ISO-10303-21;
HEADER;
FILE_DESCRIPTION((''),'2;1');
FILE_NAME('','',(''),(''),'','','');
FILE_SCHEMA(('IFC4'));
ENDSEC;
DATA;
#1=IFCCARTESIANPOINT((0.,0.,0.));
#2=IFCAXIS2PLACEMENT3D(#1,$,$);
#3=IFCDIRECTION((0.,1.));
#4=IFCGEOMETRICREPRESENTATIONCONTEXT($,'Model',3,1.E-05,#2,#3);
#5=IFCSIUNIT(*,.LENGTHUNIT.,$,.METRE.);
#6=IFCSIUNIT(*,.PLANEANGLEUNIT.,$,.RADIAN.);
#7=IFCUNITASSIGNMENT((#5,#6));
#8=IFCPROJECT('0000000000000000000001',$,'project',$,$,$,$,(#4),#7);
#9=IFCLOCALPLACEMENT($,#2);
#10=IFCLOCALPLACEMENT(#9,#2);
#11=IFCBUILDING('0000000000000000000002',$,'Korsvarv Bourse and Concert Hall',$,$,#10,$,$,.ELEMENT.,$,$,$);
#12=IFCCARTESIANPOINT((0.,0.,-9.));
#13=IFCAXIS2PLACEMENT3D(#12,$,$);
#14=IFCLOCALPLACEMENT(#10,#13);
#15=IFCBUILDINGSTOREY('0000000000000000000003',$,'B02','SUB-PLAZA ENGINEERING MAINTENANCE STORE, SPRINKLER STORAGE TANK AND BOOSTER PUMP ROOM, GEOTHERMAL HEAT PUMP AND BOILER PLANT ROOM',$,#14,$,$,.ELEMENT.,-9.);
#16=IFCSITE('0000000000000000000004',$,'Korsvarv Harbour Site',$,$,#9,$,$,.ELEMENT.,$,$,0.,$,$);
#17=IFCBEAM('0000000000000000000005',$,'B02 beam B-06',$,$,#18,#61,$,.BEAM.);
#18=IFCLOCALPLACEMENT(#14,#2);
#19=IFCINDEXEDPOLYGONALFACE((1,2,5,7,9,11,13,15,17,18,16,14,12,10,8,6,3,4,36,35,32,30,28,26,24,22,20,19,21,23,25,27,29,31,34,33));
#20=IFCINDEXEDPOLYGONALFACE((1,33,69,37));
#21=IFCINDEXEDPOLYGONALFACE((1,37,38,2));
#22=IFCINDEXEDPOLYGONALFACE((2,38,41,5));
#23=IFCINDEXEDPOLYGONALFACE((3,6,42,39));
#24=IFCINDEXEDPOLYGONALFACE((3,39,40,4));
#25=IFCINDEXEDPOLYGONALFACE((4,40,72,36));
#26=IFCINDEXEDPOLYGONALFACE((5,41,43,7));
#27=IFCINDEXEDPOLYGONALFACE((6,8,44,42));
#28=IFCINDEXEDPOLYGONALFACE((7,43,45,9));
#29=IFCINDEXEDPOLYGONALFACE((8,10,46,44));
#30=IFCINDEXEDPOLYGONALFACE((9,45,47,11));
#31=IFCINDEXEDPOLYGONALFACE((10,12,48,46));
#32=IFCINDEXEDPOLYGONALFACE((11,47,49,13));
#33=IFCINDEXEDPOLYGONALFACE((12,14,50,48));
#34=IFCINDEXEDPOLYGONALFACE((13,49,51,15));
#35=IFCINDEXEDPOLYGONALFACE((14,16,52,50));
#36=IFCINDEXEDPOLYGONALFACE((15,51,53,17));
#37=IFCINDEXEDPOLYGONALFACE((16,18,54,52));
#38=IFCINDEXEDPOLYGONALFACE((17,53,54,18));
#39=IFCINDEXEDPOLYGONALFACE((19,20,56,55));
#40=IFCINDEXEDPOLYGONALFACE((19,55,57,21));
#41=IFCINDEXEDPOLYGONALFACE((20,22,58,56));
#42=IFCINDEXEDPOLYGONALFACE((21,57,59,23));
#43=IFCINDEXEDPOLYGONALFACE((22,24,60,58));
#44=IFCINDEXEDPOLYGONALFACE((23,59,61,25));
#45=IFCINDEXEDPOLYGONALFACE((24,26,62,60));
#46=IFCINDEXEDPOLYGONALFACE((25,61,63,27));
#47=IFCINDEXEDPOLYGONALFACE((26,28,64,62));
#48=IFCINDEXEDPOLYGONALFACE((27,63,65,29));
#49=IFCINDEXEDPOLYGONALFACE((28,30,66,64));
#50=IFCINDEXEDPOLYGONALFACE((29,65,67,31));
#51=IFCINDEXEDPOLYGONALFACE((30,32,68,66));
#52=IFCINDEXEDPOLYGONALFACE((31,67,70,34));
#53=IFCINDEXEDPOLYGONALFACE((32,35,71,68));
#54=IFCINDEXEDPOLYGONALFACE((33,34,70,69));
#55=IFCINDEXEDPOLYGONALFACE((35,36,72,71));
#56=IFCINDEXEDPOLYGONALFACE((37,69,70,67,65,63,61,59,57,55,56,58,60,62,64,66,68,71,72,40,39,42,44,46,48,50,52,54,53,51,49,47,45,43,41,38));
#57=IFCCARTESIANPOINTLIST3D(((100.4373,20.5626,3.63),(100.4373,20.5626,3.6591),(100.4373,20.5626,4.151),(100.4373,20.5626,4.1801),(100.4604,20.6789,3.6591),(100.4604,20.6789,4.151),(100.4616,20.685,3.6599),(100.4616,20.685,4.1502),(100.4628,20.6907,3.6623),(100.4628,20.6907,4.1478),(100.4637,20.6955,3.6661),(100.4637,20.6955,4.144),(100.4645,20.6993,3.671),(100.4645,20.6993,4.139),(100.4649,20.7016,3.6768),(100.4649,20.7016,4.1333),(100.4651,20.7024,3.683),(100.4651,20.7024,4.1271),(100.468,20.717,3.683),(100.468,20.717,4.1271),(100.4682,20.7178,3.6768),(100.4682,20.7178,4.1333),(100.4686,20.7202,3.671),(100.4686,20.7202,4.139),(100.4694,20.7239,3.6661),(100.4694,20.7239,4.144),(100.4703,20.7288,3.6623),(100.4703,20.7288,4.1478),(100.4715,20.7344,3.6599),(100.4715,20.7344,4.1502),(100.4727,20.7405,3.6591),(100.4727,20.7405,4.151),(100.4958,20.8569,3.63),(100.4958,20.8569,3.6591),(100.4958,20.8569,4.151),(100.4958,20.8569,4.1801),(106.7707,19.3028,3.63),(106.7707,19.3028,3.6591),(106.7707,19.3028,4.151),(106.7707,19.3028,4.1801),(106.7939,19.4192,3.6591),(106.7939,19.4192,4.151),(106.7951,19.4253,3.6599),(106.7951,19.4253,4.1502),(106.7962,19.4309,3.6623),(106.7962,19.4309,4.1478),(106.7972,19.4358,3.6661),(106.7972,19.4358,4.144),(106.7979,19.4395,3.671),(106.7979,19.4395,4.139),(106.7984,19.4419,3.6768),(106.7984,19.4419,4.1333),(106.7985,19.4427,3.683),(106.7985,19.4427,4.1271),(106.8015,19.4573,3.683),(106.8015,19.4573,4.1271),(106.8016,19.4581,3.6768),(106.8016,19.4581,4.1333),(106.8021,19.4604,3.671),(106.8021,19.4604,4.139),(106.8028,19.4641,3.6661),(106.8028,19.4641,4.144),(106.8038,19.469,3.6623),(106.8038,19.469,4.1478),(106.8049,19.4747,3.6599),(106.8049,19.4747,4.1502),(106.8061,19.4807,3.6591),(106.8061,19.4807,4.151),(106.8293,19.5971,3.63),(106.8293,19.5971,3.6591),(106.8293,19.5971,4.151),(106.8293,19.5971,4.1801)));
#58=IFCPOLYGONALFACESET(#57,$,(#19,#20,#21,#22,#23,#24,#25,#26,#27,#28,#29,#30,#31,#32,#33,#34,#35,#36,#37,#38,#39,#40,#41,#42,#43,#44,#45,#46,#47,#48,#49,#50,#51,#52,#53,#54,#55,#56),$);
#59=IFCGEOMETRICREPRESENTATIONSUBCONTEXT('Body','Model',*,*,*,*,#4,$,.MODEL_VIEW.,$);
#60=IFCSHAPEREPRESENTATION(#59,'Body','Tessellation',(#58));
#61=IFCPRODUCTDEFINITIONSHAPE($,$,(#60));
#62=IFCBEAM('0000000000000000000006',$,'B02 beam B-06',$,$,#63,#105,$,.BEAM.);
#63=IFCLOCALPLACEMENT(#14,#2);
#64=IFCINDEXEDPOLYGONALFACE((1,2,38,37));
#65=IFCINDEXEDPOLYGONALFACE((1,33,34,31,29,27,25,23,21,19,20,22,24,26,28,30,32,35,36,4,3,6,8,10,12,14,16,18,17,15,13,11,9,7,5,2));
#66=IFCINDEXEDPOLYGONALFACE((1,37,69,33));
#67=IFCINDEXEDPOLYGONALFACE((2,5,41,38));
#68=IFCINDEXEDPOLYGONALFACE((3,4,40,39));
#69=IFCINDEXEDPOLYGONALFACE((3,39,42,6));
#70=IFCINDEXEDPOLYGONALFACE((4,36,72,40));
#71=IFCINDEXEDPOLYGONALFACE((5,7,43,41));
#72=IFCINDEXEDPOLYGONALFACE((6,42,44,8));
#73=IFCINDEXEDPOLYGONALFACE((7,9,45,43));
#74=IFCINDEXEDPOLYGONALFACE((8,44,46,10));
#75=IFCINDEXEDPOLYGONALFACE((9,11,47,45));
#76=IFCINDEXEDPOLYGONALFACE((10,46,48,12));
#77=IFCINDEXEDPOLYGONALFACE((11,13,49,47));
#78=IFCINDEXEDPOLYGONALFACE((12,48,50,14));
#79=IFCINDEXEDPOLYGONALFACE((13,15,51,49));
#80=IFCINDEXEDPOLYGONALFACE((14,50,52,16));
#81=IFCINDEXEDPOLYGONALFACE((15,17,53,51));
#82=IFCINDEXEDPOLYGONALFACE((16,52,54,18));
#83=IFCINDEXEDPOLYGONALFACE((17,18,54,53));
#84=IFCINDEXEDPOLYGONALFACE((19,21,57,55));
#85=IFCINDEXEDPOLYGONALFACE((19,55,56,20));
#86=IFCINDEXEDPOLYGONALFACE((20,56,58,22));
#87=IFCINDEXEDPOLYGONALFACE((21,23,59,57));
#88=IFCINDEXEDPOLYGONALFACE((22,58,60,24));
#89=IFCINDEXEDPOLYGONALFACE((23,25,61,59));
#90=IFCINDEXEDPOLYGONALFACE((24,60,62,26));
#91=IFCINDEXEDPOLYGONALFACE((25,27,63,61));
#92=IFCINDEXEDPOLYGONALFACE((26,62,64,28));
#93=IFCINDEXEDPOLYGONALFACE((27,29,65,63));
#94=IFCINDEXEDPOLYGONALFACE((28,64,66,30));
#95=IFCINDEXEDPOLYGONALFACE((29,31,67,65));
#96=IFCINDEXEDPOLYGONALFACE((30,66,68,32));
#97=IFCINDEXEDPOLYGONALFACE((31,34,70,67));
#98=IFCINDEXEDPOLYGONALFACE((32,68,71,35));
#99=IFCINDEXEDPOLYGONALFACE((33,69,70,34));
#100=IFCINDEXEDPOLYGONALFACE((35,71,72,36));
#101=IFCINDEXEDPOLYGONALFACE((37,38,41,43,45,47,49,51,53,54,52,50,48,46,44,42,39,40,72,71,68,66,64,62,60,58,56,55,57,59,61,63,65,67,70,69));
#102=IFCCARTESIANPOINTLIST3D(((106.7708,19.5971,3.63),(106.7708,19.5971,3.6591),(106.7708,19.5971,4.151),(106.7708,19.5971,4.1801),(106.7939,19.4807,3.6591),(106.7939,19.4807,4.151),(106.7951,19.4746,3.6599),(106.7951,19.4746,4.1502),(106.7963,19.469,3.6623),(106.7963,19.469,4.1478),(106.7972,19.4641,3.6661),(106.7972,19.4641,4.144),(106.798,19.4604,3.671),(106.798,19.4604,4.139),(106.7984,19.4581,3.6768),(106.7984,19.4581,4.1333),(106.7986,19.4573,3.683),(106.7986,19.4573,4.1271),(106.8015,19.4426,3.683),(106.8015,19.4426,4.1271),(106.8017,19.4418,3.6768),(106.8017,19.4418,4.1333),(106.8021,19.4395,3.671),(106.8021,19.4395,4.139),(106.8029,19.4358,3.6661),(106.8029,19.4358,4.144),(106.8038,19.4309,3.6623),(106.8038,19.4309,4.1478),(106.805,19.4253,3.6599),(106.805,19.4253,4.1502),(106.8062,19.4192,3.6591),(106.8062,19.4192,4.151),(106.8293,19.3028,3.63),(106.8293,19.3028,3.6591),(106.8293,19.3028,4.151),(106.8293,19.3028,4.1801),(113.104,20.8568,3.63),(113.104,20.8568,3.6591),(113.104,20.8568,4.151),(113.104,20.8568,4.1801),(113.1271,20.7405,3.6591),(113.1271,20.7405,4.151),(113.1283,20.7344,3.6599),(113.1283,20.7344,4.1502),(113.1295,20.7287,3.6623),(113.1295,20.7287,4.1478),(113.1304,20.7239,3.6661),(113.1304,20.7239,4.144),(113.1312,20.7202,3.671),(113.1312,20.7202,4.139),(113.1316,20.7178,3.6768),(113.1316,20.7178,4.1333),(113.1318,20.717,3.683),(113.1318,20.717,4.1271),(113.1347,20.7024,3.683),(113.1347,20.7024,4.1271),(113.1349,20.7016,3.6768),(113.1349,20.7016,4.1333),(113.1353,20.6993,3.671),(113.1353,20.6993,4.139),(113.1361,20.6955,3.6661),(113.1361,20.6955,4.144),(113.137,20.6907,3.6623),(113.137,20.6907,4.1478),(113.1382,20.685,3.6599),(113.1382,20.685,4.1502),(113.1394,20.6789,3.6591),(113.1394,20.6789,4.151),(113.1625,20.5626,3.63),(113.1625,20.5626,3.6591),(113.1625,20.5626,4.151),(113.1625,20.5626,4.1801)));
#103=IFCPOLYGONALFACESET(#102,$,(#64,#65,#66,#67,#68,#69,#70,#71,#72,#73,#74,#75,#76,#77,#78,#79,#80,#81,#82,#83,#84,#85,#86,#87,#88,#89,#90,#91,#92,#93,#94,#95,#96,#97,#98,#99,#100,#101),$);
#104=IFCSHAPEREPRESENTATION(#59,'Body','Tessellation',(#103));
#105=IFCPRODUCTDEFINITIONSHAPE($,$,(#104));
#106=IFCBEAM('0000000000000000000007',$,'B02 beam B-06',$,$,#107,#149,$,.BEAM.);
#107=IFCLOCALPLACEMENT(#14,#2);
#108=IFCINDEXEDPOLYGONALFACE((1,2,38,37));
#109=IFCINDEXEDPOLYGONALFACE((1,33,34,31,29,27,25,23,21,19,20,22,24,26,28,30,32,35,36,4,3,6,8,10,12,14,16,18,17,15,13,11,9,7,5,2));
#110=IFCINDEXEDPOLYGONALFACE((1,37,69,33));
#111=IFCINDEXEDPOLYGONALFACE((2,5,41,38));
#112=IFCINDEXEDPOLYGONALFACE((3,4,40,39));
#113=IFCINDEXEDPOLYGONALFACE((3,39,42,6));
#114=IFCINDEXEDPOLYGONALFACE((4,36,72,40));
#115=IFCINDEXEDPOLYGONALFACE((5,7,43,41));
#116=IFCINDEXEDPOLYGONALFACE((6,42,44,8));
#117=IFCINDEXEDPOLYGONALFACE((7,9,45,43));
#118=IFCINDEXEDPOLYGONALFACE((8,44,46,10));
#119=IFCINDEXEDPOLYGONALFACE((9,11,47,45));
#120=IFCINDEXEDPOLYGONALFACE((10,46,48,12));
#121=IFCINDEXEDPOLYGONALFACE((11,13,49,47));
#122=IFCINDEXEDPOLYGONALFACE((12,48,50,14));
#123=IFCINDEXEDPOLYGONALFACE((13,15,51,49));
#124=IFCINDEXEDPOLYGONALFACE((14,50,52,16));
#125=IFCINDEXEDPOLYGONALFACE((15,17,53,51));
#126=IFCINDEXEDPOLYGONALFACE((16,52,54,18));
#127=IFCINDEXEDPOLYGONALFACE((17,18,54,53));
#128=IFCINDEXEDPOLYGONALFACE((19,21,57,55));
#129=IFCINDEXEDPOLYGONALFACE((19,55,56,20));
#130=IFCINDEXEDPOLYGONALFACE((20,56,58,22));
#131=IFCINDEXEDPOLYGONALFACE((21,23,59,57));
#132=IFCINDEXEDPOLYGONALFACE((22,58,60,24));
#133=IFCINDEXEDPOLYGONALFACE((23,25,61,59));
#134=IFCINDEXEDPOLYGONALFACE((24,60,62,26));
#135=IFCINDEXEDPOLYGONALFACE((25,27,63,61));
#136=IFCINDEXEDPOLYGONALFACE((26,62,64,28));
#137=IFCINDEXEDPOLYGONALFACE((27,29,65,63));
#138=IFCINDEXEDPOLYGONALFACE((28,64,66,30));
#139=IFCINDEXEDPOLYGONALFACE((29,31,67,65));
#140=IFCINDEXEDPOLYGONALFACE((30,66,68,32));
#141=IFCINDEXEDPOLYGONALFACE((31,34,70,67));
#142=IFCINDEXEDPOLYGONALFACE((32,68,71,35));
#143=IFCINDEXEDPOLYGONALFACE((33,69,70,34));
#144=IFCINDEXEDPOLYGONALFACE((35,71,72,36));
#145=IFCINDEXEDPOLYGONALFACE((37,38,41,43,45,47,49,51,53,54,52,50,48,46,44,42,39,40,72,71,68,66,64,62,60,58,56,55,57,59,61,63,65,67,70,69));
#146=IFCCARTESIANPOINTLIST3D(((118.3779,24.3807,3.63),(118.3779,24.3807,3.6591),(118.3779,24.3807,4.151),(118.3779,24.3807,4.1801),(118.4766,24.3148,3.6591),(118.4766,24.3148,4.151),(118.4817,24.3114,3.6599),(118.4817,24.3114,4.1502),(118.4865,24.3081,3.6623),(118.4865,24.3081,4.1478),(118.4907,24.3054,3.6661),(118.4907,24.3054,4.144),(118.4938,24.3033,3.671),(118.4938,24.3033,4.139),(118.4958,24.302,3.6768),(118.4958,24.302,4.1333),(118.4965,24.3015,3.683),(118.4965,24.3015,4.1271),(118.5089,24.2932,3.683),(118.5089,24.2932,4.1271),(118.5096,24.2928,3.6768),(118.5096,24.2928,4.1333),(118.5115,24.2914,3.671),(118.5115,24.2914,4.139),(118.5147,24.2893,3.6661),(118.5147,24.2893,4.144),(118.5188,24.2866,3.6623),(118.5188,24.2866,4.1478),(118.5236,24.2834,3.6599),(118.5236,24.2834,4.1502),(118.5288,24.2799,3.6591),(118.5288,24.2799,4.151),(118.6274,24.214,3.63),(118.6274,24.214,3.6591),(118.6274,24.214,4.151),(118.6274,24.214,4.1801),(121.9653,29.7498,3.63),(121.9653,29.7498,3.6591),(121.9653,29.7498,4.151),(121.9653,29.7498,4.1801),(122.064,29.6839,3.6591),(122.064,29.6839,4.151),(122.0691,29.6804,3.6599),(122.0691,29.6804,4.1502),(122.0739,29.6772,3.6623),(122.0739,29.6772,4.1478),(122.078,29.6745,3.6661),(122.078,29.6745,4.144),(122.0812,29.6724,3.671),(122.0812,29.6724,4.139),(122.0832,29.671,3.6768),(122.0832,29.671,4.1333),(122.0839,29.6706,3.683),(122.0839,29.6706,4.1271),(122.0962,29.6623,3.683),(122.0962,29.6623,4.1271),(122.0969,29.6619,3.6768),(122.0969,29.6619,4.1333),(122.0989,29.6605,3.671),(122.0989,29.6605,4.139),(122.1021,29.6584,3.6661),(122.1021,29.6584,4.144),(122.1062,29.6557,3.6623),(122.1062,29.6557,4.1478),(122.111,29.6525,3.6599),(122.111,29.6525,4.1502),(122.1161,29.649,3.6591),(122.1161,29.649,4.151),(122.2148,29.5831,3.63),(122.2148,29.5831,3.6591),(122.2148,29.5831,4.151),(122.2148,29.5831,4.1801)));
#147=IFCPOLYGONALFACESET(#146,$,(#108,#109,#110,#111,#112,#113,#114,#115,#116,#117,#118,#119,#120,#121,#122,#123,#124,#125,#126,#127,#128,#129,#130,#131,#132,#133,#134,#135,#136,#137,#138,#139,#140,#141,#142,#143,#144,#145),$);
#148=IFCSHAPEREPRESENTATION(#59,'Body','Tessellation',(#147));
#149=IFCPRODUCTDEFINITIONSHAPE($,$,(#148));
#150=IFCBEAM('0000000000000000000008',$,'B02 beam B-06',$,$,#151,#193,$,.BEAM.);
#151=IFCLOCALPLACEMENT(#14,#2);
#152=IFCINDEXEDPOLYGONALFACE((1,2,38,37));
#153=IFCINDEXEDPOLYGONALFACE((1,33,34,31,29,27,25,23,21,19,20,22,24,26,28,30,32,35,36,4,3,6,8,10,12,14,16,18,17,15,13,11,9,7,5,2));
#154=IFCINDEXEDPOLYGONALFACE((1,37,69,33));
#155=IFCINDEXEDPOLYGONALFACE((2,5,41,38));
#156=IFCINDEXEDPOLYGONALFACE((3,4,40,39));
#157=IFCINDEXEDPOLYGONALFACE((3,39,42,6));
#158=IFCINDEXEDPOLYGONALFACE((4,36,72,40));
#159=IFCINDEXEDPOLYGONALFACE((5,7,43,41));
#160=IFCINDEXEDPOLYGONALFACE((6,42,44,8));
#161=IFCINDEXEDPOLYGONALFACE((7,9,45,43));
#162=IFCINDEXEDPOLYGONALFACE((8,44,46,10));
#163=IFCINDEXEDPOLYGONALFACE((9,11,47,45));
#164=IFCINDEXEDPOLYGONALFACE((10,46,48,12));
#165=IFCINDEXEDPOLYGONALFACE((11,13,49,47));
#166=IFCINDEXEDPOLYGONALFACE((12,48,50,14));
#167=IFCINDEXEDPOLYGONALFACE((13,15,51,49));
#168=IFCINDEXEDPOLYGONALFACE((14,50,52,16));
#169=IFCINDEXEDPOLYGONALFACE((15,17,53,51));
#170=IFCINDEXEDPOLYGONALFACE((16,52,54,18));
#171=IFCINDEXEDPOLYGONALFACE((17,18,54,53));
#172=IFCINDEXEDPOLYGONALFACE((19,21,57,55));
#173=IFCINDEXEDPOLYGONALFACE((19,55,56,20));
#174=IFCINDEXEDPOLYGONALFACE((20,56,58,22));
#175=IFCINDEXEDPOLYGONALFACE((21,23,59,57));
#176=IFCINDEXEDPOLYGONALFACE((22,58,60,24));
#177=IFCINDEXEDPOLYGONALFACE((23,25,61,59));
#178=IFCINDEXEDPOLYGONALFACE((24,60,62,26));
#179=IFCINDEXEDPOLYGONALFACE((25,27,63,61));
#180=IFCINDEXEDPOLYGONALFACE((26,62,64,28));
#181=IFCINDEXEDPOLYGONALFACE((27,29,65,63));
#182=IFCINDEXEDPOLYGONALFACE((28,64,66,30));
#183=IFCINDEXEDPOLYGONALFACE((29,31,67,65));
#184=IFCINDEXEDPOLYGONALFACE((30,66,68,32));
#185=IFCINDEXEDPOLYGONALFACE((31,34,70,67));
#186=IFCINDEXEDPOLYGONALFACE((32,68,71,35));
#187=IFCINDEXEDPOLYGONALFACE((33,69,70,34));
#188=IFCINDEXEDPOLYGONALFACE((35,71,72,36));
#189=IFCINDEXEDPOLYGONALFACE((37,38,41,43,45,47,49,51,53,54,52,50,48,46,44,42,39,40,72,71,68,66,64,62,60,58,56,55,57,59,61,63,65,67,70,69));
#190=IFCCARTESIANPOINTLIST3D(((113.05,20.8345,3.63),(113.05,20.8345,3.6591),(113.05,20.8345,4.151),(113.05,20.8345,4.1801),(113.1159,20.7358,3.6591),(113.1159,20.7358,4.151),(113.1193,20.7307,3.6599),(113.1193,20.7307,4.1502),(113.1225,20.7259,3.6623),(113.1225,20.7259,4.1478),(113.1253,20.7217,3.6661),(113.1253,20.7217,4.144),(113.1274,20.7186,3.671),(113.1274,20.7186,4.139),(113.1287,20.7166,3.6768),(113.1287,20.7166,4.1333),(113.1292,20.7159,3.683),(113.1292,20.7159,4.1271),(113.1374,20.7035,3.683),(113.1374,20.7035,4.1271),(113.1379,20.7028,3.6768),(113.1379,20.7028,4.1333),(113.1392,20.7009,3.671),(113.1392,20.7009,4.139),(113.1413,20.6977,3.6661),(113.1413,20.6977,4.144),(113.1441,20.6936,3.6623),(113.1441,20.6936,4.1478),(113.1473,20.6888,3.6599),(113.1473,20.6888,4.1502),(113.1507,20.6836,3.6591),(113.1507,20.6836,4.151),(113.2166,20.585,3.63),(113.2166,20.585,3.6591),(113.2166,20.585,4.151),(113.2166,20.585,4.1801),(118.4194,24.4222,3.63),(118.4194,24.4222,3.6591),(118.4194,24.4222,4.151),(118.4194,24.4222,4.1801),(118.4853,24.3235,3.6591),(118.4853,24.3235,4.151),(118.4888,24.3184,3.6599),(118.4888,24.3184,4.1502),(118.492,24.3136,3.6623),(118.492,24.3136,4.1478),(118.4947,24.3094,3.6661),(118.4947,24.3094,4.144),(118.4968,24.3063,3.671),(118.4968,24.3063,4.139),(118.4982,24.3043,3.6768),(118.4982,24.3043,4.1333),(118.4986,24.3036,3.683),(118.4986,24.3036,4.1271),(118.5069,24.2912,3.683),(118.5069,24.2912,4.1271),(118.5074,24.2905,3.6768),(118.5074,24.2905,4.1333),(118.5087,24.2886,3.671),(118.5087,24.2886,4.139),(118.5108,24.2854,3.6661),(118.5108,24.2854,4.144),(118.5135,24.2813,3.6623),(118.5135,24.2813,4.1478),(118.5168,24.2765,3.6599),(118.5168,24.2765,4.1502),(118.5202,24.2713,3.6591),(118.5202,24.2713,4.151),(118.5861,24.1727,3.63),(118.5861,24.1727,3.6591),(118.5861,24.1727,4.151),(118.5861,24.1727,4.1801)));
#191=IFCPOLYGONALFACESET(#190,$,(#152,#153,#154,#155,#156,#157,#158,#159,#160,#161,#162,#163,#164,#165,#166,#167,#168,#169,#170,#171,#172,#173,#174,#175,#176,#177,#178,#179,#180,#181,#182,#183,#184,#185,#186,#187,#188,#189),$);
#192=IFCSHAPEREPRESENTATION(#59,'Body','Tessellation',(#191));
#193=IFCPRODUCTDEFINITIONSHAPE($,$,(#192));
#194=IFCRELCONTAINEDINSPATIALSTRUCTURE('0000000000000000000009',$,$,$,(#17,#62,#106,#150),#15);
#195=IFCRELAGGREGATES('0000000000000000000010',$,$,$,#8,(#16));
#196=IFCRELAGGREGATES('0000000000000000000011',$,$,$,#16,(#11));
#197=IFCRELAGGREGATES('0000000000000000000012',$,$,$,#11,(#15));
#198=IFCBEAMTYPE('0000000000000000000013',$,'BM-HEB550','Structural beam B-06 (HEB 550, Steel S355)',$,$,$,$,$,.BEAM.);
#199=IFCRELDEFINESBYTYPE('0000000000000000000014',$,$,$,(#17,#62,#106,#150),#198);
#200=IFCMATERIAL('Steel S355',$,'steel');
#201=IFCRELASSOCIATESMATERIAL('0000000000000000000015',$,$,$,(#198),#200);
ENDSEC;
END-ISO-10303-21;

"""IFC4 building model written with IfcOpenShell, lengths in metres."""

from ifc_helpers import new_model, si_unit, direction, frame, origin, origin_2d, place, context, subcontext, project, spatial, i_section, extrude, source, transform, mapped, material, material_profile, profile_set, type_object, element, save


model = new_model("IFC4")

# Units and contexts
model_context = context("Model", 3, precision=1e-05, world=origin(), true_north=direction((0.0, 1.0)))
body_context = subcontext(model_context, "Body", "Model", "MODEL_VIEW")
ifc_project = project(units=[si_unit("LENGTHUNIT", "METRE"), si_unit("PLANEANGLEUNIT", "RADIAN")], contexts=[model_context])

# Site, building, storey
site_placement = place(None, origin())
site = spatial("IfcSite", under=ifc_project, at=site_placement, Name="Korsvarv Harbour Site", CompositionType="ELEMENT", RefElevation=0.0)
building_placement = place(site_placement, origin())
building = spatial("IfcBuilding", under=site, at=building_placement, Name="Korsvarv Bourse and Concert Hall", CompositionType="ELEMENT")
storey_placement = place(building_placement, frame((0.0, 0.0, -9.0)))
storey = spatial("IfcBuildingStorey", under=building, at=storey_placement, Name="B02", Description="SUB-PLAZA ENGINEERING MAINTENANCE STORE, SPRINKLER STORAGE TANK AND BOOSTER PUMP ROOM, GEOTHERMAL HEAT PUMP AND BOILER PLANT ROOM", CompositionType="ELEMENT", Elevation=-9.0)

# Beams
ifc_material_1 = material(Name="Steel S355", Category="steel")
ifc_material_profile_1 = material_profile(ifc_material_1, i_section(OverallWidth=0.3, OverallDepth=0.55, WebThickness=0.0149, FlangeThickness=0.0291, FilletRadius=0.0239, at=origin_2d()), Name="HEB 550")
ifc_profile_set_1 = profile_set([ifc_material_profile_1], Name="Steel S355")
beam_type_1 = type_object("IfcBeamType", Name="BM-HEB550", Description="Structural beam B-06 (HEB 550, Steel S355)", PredefinedType="BEAM", material=ifc_profile_set_1)
shared_shape_1 = source(origin(), body_context, "Body", "SweptSolid", [
    extrude(i_section(OverallWidth=0.3, OverallDepth=0.55, WebThickness=0.0149, FlangeThickness=0.0291, FilletRadius=0.0239, at=origin_2d()), origin(), (0.0, 0.0, 1.0), 6.4575),
])
beam_1_placement = place(storey_placement, frame((100.4666, 20.7097, 3.905), z_axis=(0.980787, -0.195084, 0.0), x_axis=(0.195084, 0.980787, 0.0)))
element("IfcBeam", 1, at=beam_1_placement, inside=storey, type_object=beam_type_1, Name="B02 beam B-06", PredefinedType="BEAM", context=body_context, shape_type="MappedRepresentation", body=[
    mapped(shared_shape_1, transform((0.0, 0.0, 0.0), scale=1.0)),
])
shared_shape_2 = source(origin(), body_context, "Body", "SweptSolid", [
    extrude(i_section(OverallWidth=0.3, OverallDepth=0.55, WebThickness=0.0149, FlangeThickness=0.0291, FilletRadius=0.0239, at=origin_2d()), origin(), (0.0, 0.0, 1.0), 6.4573),
])
for number, where, z_axis, x_axis, name in (
    (2, (106.8, 19.45, 3.905), (0.980785, 0.195091, 0.0), (-0.195091, 0.980785, 0.0), "B02 beam B-06"),
    (3, (118.5027, 24.2974, 3.905), (0.555555, 0.83148, 0.0), (-0.83148, 0.555555, 0.0), "B02 beam B-06"),
):
    element("IfcBeam", number, at=place(storey_placement, frame(where, z_axis=z_axis, x_axis=x_axis)), inside=storey, type_object=beam_type_1, Name=name, PredefinedType="BEAM", context=body_context, shape_type="MappedRepresentation", body=[
        mapped(shared_shape_2, transform((0.0, 0.0, 0.0), scale=1.0)),
    ])
shared_shape_3 = source(origin(), body_context, "Body", "SweptSolid", [
    extrude(i_section(OverallWidth=0.3, OverallDepth=0.55, WebThickness=0.0149, FlangeThickness=0.0291, FilletRadius=0.0239, at=origin_2d()), origin(), (0.0, 0.0, 1.0), 6.4578),
])
beam_2_placement = place(storey_placement, frame((113.1333, 20.7097, 3.905), z_axis=(0.831474, 0.555564, 0.0), x_axis=(-0.555564, 0.831474, 0.0)))
element("IfcBeam", 4, at=beam_2_placement, inside=storey, type_object=beam_type_1, Name="B02 beam B-06", PredefinedType="BEAM", context=body_context, shape_type="MappedRepresentation", body=[
    mapped(shared_shape_3, transform((0.0, 0.0, 0.0), scale=1.0)),
])

save(model, "model.ifc")
